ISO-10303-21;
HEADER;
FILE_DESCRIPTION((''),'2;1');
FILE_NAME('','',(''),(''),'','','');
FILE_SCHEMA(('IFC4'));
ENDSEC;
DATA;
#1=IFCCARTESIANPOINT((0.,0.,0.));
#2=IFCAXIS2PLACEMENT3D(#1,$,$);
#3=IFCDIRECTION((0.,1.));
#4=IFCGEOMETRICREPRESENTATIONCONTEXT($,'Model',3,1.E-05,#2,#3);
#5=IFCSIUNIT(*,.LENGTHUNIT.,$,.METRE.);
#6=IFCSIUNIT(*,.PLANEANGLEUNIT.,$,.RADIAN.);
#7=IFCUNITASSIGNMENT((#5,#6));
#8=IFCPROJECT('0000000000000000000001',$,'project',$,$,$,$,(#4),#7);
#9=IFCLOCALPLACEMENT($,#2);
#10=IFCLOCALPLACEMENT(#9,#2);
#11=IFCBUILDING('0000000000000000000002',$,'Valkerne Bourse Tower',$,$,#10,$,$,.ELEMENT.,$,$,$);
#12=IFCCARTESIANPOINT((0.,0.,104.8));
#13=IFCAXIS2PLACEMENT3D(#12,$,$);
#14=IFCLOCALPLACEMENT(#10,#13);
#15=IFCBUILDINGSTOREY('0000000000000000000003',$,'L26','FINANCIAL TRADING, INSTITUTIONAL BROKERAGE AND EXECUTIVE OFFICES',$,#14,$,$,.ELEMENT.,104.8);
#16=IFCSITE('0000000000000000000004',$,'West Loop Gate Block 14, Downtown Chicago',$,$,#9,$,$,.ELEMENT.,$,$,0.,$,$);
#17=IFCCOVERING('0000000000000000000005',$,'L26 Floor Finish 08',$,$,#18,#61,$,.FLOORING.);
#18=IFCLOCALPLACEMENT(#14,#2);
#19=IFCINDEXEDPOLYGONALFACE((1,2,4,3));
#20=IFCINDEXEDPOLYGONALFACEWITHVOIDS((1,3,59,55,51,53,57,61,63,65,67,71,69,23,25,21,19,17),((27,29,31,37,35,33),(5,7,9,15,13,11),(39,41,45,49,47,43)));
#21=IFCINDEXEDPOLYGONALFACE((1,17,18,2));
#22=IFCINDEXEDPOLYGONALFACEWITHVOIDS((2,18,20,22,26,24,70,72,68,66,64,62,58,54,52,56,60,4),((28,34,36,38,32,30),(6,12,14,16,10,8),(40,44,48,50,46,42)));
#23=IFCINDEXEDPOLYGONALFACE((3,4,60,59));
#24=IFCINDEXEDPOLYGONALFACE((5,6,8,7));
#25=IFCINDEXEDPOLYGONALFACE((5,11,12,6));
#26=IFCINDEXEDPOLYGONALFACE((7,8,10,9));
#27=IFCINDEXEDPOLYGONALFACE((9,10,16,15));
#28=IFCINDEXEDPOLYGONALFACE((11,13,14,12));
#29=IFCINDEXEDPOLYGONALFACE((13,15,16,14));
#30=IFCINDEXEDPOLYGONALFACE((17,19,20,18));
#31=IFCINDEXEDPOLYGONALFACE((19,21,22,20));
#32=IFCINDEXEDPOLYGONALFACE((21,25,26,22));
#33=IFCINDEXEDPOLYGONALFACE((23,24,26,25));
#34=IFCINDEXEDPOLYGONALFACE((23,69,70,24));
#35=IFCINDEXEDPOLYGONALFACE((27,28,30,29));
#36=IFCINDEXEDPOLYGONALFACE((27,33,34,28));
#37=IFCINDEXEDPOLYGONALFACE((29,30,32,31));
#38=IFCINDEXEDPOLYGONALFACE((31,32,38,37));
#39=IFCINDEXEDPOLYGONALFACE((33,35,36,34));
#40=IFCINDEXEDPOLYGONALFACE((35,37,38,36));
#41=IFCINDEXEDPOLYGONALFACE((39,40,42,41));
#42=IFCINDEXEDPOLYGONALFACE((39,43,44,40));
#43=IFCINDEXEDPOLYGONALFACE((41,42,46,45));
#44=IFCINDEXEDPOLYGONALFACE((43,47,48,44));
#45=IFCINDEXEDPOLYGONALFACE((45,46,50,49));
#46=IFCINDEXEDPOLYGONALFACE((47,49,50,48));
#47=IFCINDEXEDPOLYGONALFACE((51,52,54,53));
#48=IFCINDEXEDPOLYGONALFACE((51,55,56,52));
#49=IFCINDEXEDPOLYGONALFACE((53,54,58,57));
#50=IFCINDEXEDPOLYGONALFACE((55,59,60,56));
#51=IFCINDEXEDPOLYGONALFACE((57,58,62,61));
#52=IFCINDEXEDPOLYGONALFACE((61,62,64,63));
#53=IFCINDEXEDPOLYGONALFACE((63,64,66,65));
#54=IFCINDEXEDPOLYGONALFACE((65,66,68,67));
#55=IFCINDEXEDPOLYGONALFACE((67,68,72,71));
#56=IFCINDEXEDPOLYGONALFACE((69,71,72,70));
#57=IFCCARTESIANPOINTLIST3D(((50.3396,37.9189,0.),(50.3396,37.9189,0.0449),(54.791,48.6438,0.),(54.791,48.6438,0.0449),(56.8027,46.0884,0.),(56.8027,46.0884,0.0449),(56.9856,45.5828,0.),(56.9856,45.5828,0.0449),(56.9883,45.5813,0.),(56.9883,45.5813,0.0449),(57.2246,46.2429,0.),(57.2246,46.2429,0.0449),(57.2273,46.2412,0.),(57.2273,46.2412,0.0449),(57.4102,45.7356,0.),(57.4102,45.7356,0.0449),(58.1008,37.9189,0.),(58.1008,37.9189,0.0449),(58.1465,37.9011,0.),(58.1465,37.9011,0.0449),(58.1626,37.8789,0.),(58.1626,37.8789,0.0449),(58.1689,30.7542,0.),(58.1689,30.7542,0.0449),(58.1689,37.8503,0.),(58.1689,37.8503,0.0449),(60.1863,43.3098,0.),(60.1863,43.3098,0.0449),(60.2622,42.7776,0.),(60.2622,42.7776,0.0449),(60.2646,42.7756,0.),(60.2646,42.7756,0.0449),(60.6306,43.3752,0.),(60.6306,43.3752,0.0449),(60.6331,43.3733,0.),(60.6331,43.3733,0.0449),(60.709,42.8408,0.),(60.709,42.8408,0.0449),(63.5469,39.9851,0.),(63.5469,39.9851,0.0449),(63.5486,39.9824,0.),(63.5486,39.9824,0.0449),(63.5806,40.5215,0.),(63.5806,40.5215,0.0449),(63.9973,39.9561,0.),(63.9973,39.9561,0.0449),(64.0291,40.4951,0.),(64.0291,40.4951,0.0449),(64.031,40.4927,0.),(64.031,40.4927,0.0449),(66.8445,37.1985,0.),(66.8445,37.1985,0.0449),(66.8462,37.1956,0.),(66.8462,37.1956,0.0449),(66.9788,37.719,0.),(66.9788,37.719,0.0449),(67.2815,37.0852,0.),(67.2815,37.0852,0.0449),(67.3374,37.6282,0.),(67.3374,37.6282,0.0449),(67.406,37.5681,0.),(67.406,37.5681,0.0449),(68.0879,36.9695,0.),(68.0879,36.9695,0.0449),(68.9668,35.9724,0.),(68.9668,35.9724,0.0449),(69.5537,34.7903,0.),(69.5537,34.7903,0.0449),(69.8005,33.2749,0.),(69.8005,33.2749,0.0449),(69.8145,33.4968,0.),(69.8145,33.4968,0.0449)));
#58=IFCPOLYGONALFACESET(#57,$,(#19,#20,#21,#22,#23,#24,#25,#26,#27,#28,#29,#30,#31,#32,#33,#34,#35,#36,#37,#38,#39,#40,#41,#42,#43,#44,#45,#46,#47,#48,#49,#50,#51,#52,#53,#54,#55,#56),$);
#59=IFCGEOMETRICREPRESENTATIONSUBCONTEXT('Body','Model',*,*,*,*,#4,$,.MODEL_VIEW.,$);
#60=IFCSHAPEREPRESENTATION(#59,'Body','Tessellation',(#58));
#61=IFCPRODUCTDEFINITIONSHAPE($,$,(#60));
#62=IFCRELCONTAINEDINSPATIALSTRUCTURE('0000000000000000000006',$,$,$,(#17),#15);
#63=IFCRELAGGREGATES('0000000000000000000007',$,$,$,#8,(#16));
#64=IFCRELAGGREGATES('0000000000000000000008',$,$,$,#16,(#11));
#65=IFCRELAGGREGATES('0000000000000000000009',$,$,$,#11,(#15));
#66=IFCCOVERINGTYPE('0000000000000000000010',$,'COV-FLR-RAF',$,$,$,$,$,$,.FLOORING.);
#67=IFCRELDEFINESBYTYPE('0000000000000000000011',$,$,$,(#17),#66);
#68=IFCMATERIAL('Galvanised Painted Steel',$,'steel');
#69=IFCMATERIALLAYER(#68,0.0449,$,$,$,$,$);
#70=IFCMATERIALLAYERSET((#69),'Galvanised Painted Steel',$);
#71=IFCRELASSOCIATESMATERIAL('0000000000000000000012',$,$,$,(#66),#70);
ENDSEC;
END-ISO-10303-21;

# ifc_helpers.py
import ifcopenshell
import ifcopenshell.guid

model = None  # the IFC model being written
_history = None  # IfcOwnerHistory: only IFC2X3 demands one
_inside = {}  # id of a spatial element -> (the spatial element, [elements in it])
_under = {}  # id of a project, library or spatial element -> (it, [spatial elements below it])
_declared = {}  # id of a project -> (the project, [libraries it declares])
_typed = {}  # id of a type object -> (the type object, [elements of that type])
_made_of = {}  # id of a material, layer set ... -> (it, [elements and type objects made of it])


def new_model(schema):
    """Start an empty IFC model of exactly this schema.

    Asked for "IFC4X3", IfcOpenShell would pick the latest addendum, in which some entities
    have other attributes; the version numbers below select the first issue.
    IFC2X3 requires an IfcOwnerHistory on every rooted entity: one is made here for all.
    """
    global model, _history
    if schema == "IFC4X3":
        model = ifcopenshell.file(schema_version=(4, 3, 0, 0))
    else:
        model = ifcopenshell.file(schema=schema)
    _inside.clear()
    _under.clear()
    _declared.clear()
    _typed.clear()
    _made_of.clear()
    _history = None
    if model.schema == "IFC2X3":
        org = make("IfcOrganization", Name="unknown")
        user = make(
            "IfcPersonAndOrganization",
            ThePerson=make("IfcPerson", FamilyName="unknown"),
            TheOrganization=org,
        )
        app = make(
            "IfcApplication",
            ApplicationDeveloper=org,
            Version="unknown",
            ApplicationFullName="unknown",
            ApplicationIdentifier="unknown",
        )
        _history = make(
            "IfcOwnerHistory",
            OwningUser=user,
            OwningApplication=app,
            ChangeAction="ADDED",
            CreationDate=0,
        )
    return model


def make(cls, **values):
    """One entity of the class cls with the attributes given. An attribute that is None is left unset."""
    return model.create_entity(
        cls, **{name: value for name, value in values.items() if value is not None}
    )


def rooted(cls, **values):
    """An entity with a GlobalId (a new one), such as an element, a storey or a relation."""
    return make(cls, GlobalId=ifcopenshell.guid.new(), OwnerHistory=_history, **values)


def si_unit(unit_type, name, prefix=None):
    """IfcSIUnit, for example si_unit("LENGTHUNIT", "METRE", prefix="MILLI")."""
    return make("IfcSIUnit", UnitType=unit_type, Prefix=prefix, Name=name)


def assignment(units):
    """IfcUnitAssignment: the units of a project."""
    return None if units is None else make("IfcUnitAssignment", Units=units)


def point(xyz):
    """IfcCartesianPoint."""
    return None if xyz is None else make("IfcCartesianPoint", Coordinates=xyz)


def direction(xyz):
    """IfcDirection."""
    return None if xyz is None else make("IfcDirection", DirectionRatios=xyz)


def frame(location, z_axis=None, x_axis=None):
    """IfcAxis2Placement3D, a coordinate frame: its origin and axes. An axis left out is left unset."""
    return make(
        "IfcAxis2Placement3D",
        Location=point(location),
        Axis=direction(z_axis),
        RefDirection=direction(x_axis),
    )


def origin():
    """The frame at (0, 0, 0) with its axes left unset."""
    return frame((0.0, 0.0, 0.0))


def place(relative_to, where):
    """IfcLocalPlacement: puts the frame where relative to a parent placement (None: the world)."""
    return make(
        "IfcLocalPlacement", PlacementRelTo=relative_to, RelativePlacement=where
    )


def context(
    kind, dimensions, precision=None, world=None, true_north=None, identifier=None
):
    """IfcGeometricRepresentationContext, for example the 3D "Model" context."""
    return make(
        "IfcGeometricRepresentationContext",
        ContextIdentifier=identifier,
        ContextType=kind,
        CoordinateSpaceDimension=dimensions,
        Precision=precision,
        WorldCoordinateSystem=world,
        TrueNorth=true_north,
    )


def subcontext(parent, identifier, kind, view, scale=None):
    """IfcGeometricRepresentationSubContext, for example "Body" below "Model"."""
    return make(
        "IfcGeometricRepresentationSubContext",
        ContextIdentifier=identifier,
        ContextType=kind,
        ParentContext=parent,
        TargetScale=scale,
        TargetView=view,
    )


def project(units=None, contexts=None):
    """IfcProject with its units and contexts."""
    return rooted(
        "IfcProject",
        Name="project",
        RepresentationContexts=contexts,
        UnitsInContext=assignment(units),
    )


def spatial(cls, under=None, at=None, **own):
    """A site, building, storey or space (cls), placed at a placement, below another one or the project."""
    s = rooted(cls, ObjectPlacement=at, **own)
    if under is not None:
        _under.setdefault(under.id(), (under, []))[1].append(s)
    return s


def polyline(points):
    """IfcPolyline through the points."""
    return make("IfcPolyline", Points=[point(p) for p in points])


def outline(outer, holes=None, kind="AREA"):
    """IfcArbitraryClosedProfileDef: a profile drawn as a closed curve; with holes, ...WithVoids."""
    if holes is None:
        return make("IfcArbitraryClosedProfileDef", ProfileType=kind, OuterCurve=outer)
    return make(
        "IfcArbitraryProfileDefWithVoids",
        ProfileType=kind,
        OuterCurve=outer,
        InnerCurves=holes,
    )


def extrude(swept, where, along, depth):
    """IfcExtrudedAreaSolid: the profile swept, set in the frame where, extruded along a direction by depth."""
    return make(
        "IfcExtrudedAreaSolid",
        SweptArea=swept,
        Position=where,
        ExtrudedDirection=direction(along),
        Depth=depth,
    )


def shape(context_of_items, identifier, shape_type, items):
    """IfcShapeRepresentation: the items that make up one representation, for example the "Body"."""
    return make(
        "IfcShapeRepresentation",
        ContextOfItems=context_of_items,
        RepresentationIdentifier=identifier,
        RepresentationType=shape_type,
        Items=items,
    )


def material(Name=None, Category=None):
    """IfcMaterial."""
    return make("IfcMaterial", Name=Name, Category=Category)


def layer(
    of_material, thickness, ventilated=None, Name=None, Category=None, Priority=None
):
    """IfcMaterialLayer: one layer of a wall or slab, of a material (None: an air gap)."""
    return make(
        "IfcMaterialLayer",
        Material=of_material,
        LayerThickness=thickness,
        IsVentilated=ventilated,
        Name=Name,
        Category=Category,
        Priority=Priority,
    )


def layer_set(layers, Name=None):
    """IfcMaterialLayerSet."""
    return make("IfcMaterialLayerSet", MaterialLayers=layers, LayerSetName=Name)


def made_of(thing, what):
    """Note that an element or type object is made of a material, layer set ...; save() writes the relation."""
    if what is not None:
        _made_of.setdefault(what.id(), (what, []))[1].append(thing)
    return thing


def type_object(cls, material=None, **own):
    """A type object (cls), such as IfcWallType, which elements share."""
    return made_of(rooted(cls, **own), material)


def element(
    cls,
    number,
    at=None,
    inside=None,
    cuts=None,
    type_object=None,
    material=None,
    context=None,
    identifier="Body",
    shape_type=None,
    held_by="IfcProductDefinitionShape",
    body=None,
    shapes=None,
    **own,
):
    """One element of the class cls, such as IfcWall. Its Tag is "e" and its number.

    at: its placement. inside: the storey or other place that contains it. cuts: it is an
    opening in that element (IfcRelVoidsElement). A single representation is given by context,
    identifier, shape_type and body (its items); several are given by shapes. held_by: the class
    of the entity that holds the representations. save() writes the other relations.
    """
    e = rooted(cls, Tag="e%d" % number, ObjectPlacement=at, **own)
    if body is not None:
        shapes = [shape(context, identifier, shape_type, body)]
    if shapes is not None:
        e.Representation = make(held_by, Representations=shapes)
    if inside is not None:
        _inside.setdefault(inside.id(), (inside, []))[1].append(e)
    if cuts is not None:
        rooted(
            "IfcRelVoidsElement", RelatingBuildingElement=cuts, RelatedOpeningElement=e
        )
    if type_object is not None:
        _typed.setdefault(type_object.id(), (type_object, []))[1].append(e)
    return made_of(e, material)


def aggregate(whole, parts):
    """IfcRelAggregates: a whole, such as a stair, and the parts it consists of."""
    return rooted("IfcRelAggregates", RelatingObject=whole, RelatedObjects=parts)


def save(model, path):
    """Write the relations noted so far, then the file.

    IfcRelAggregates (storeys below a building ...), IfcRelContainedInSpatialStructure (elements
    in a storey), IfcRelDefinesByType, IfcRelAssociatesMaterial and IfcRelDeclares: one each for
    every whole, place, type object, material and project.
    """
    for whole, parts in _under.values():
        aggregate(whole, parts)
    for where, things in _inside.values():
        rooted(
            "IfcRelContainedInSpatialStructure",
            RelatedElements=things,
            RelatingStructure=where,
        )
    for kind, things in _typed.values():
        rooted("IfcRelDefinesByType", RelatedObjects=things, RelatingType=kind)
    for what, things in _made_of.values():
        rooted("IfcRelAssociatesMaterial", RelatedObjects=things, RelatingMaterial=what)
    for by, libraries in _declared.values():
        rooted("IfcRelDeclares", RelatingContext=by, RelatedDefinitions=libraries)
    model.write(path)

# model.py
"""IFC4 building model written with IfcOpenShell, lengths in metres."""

from ifc_helpers import new_model, si_unit, direction, frame, origin, place, context, subcontext, project, spatial, polyline, outline, extrude, material, layer, layer_set, type_object, element, save


model = new_model("IFC4")

# Units and contexts
model_context = context("Model", 3, precision=1e-05, world=origin(), true_north=direction((0.0, 1.0)))
body_context = subcontext(model_context, "Body", "Model", "MODEL_VIEW")
ifc_project = project(units=[si_unit("LENGTHUNIT", "METRE"), si_unit("PLANEANGLEUNIT", "RADIAN")], contexts=[model_context])

# Site, building, storey
site_placement = place(None, origin())
site = spatial("IfcSite", under=ifc_project, at=site_placement, Name="West Loop Gate Block 14, Downtown Chicago", CompositionType="ELEMENT", RefElevation=0.0)
building_placement = place(site_placement, origin())
building = spatial("IfcBuilding", under=site, at=building_placement, Name="Valkerne Bourse Tower", CompositionType="ELEMENT")
storey_placement = place(building_placement, frame((0.0, 0.0, 104.8)))
storey = spatial("IfcBuildingStorey", under=building, at=storey_placement, Name="L26", Description="FINANCIAL TRADING, INSTITUTIONAL BROKERAGE AND EXECUTIVE OFFICES", CompositionType="ELEMENT", Elevation=104.8)

# Covering
ifc_material_1 = material(Name="Galvanised Painted Steel", Category="steel")
ifc_layer_1 = layer(ifc_material_1, 0.0449)
ifc_layer_set_1 = layer_set([ifc_layer_1], Name="Galvanised Painted Steel")
covering_type_1 = type_object("IfcCoveringType", Name="COV-FLR-RAF", PredefinedType="FLOORING", material=ifc_layer_set_1)
covering_1_placement = place(storey_placement, origin())
element("IfcCovering", 1, at=covering_1_placement, inside=storey, type_object=covering_type_1, Name="L26 Floor Finish 08", PredefinedType="FLOORING", context=body_context, shape_type="SweptSolid", body=[
    extrude(outline(polyline([(69.5537, 34.7903), (69.8145, 33.4968), (69.8005, 33.2749), (58.1689, 30.7542), (58.1689, 37.8503), (58.1626, 37.8789), (58.1465, 37.9011), (58.1008, 37.9189), (50.3396, 37.9189), (54.791, 48.6438), (67.3374, 37.6282), (66.9788, 37.719), (66.8445, 37.1985), (66.8462, 37.1956), (67.2815, 37.0852), (67.406, 37.5681), (68.0879, 36.9695), (68.9668, 35.9724), (69.5537, 34.7903)]), holes=[polyline([(64.031, 40.4927), (64.0291, 40.4951), (63.5806, 40.5215), (63.5469, 39.9851), (63.5486, 39.9824), (63.9973, 39.9561), (64.031, 40.4927)]), polyline([(60.6331, 43.3733), (60.6306, 43.3752), (60.1863, 43.3098), (60.2622, 42.7776), (60.2646, 42.7756), (60.709, 42.8408), (60.6331, 43.3733)]), polyline([(57.4102, 45.7356), (57.2273, 46.2412), (57.2246, 46.2429), (56.8027, 46.0884), (56.9856, 45.5828), (56.9883, 45.5813), (57.4102, 45.7356)])]), origin(), (0.0, 0.0, 1.0), 0.0449),
])

save(model, "model.ifc")
